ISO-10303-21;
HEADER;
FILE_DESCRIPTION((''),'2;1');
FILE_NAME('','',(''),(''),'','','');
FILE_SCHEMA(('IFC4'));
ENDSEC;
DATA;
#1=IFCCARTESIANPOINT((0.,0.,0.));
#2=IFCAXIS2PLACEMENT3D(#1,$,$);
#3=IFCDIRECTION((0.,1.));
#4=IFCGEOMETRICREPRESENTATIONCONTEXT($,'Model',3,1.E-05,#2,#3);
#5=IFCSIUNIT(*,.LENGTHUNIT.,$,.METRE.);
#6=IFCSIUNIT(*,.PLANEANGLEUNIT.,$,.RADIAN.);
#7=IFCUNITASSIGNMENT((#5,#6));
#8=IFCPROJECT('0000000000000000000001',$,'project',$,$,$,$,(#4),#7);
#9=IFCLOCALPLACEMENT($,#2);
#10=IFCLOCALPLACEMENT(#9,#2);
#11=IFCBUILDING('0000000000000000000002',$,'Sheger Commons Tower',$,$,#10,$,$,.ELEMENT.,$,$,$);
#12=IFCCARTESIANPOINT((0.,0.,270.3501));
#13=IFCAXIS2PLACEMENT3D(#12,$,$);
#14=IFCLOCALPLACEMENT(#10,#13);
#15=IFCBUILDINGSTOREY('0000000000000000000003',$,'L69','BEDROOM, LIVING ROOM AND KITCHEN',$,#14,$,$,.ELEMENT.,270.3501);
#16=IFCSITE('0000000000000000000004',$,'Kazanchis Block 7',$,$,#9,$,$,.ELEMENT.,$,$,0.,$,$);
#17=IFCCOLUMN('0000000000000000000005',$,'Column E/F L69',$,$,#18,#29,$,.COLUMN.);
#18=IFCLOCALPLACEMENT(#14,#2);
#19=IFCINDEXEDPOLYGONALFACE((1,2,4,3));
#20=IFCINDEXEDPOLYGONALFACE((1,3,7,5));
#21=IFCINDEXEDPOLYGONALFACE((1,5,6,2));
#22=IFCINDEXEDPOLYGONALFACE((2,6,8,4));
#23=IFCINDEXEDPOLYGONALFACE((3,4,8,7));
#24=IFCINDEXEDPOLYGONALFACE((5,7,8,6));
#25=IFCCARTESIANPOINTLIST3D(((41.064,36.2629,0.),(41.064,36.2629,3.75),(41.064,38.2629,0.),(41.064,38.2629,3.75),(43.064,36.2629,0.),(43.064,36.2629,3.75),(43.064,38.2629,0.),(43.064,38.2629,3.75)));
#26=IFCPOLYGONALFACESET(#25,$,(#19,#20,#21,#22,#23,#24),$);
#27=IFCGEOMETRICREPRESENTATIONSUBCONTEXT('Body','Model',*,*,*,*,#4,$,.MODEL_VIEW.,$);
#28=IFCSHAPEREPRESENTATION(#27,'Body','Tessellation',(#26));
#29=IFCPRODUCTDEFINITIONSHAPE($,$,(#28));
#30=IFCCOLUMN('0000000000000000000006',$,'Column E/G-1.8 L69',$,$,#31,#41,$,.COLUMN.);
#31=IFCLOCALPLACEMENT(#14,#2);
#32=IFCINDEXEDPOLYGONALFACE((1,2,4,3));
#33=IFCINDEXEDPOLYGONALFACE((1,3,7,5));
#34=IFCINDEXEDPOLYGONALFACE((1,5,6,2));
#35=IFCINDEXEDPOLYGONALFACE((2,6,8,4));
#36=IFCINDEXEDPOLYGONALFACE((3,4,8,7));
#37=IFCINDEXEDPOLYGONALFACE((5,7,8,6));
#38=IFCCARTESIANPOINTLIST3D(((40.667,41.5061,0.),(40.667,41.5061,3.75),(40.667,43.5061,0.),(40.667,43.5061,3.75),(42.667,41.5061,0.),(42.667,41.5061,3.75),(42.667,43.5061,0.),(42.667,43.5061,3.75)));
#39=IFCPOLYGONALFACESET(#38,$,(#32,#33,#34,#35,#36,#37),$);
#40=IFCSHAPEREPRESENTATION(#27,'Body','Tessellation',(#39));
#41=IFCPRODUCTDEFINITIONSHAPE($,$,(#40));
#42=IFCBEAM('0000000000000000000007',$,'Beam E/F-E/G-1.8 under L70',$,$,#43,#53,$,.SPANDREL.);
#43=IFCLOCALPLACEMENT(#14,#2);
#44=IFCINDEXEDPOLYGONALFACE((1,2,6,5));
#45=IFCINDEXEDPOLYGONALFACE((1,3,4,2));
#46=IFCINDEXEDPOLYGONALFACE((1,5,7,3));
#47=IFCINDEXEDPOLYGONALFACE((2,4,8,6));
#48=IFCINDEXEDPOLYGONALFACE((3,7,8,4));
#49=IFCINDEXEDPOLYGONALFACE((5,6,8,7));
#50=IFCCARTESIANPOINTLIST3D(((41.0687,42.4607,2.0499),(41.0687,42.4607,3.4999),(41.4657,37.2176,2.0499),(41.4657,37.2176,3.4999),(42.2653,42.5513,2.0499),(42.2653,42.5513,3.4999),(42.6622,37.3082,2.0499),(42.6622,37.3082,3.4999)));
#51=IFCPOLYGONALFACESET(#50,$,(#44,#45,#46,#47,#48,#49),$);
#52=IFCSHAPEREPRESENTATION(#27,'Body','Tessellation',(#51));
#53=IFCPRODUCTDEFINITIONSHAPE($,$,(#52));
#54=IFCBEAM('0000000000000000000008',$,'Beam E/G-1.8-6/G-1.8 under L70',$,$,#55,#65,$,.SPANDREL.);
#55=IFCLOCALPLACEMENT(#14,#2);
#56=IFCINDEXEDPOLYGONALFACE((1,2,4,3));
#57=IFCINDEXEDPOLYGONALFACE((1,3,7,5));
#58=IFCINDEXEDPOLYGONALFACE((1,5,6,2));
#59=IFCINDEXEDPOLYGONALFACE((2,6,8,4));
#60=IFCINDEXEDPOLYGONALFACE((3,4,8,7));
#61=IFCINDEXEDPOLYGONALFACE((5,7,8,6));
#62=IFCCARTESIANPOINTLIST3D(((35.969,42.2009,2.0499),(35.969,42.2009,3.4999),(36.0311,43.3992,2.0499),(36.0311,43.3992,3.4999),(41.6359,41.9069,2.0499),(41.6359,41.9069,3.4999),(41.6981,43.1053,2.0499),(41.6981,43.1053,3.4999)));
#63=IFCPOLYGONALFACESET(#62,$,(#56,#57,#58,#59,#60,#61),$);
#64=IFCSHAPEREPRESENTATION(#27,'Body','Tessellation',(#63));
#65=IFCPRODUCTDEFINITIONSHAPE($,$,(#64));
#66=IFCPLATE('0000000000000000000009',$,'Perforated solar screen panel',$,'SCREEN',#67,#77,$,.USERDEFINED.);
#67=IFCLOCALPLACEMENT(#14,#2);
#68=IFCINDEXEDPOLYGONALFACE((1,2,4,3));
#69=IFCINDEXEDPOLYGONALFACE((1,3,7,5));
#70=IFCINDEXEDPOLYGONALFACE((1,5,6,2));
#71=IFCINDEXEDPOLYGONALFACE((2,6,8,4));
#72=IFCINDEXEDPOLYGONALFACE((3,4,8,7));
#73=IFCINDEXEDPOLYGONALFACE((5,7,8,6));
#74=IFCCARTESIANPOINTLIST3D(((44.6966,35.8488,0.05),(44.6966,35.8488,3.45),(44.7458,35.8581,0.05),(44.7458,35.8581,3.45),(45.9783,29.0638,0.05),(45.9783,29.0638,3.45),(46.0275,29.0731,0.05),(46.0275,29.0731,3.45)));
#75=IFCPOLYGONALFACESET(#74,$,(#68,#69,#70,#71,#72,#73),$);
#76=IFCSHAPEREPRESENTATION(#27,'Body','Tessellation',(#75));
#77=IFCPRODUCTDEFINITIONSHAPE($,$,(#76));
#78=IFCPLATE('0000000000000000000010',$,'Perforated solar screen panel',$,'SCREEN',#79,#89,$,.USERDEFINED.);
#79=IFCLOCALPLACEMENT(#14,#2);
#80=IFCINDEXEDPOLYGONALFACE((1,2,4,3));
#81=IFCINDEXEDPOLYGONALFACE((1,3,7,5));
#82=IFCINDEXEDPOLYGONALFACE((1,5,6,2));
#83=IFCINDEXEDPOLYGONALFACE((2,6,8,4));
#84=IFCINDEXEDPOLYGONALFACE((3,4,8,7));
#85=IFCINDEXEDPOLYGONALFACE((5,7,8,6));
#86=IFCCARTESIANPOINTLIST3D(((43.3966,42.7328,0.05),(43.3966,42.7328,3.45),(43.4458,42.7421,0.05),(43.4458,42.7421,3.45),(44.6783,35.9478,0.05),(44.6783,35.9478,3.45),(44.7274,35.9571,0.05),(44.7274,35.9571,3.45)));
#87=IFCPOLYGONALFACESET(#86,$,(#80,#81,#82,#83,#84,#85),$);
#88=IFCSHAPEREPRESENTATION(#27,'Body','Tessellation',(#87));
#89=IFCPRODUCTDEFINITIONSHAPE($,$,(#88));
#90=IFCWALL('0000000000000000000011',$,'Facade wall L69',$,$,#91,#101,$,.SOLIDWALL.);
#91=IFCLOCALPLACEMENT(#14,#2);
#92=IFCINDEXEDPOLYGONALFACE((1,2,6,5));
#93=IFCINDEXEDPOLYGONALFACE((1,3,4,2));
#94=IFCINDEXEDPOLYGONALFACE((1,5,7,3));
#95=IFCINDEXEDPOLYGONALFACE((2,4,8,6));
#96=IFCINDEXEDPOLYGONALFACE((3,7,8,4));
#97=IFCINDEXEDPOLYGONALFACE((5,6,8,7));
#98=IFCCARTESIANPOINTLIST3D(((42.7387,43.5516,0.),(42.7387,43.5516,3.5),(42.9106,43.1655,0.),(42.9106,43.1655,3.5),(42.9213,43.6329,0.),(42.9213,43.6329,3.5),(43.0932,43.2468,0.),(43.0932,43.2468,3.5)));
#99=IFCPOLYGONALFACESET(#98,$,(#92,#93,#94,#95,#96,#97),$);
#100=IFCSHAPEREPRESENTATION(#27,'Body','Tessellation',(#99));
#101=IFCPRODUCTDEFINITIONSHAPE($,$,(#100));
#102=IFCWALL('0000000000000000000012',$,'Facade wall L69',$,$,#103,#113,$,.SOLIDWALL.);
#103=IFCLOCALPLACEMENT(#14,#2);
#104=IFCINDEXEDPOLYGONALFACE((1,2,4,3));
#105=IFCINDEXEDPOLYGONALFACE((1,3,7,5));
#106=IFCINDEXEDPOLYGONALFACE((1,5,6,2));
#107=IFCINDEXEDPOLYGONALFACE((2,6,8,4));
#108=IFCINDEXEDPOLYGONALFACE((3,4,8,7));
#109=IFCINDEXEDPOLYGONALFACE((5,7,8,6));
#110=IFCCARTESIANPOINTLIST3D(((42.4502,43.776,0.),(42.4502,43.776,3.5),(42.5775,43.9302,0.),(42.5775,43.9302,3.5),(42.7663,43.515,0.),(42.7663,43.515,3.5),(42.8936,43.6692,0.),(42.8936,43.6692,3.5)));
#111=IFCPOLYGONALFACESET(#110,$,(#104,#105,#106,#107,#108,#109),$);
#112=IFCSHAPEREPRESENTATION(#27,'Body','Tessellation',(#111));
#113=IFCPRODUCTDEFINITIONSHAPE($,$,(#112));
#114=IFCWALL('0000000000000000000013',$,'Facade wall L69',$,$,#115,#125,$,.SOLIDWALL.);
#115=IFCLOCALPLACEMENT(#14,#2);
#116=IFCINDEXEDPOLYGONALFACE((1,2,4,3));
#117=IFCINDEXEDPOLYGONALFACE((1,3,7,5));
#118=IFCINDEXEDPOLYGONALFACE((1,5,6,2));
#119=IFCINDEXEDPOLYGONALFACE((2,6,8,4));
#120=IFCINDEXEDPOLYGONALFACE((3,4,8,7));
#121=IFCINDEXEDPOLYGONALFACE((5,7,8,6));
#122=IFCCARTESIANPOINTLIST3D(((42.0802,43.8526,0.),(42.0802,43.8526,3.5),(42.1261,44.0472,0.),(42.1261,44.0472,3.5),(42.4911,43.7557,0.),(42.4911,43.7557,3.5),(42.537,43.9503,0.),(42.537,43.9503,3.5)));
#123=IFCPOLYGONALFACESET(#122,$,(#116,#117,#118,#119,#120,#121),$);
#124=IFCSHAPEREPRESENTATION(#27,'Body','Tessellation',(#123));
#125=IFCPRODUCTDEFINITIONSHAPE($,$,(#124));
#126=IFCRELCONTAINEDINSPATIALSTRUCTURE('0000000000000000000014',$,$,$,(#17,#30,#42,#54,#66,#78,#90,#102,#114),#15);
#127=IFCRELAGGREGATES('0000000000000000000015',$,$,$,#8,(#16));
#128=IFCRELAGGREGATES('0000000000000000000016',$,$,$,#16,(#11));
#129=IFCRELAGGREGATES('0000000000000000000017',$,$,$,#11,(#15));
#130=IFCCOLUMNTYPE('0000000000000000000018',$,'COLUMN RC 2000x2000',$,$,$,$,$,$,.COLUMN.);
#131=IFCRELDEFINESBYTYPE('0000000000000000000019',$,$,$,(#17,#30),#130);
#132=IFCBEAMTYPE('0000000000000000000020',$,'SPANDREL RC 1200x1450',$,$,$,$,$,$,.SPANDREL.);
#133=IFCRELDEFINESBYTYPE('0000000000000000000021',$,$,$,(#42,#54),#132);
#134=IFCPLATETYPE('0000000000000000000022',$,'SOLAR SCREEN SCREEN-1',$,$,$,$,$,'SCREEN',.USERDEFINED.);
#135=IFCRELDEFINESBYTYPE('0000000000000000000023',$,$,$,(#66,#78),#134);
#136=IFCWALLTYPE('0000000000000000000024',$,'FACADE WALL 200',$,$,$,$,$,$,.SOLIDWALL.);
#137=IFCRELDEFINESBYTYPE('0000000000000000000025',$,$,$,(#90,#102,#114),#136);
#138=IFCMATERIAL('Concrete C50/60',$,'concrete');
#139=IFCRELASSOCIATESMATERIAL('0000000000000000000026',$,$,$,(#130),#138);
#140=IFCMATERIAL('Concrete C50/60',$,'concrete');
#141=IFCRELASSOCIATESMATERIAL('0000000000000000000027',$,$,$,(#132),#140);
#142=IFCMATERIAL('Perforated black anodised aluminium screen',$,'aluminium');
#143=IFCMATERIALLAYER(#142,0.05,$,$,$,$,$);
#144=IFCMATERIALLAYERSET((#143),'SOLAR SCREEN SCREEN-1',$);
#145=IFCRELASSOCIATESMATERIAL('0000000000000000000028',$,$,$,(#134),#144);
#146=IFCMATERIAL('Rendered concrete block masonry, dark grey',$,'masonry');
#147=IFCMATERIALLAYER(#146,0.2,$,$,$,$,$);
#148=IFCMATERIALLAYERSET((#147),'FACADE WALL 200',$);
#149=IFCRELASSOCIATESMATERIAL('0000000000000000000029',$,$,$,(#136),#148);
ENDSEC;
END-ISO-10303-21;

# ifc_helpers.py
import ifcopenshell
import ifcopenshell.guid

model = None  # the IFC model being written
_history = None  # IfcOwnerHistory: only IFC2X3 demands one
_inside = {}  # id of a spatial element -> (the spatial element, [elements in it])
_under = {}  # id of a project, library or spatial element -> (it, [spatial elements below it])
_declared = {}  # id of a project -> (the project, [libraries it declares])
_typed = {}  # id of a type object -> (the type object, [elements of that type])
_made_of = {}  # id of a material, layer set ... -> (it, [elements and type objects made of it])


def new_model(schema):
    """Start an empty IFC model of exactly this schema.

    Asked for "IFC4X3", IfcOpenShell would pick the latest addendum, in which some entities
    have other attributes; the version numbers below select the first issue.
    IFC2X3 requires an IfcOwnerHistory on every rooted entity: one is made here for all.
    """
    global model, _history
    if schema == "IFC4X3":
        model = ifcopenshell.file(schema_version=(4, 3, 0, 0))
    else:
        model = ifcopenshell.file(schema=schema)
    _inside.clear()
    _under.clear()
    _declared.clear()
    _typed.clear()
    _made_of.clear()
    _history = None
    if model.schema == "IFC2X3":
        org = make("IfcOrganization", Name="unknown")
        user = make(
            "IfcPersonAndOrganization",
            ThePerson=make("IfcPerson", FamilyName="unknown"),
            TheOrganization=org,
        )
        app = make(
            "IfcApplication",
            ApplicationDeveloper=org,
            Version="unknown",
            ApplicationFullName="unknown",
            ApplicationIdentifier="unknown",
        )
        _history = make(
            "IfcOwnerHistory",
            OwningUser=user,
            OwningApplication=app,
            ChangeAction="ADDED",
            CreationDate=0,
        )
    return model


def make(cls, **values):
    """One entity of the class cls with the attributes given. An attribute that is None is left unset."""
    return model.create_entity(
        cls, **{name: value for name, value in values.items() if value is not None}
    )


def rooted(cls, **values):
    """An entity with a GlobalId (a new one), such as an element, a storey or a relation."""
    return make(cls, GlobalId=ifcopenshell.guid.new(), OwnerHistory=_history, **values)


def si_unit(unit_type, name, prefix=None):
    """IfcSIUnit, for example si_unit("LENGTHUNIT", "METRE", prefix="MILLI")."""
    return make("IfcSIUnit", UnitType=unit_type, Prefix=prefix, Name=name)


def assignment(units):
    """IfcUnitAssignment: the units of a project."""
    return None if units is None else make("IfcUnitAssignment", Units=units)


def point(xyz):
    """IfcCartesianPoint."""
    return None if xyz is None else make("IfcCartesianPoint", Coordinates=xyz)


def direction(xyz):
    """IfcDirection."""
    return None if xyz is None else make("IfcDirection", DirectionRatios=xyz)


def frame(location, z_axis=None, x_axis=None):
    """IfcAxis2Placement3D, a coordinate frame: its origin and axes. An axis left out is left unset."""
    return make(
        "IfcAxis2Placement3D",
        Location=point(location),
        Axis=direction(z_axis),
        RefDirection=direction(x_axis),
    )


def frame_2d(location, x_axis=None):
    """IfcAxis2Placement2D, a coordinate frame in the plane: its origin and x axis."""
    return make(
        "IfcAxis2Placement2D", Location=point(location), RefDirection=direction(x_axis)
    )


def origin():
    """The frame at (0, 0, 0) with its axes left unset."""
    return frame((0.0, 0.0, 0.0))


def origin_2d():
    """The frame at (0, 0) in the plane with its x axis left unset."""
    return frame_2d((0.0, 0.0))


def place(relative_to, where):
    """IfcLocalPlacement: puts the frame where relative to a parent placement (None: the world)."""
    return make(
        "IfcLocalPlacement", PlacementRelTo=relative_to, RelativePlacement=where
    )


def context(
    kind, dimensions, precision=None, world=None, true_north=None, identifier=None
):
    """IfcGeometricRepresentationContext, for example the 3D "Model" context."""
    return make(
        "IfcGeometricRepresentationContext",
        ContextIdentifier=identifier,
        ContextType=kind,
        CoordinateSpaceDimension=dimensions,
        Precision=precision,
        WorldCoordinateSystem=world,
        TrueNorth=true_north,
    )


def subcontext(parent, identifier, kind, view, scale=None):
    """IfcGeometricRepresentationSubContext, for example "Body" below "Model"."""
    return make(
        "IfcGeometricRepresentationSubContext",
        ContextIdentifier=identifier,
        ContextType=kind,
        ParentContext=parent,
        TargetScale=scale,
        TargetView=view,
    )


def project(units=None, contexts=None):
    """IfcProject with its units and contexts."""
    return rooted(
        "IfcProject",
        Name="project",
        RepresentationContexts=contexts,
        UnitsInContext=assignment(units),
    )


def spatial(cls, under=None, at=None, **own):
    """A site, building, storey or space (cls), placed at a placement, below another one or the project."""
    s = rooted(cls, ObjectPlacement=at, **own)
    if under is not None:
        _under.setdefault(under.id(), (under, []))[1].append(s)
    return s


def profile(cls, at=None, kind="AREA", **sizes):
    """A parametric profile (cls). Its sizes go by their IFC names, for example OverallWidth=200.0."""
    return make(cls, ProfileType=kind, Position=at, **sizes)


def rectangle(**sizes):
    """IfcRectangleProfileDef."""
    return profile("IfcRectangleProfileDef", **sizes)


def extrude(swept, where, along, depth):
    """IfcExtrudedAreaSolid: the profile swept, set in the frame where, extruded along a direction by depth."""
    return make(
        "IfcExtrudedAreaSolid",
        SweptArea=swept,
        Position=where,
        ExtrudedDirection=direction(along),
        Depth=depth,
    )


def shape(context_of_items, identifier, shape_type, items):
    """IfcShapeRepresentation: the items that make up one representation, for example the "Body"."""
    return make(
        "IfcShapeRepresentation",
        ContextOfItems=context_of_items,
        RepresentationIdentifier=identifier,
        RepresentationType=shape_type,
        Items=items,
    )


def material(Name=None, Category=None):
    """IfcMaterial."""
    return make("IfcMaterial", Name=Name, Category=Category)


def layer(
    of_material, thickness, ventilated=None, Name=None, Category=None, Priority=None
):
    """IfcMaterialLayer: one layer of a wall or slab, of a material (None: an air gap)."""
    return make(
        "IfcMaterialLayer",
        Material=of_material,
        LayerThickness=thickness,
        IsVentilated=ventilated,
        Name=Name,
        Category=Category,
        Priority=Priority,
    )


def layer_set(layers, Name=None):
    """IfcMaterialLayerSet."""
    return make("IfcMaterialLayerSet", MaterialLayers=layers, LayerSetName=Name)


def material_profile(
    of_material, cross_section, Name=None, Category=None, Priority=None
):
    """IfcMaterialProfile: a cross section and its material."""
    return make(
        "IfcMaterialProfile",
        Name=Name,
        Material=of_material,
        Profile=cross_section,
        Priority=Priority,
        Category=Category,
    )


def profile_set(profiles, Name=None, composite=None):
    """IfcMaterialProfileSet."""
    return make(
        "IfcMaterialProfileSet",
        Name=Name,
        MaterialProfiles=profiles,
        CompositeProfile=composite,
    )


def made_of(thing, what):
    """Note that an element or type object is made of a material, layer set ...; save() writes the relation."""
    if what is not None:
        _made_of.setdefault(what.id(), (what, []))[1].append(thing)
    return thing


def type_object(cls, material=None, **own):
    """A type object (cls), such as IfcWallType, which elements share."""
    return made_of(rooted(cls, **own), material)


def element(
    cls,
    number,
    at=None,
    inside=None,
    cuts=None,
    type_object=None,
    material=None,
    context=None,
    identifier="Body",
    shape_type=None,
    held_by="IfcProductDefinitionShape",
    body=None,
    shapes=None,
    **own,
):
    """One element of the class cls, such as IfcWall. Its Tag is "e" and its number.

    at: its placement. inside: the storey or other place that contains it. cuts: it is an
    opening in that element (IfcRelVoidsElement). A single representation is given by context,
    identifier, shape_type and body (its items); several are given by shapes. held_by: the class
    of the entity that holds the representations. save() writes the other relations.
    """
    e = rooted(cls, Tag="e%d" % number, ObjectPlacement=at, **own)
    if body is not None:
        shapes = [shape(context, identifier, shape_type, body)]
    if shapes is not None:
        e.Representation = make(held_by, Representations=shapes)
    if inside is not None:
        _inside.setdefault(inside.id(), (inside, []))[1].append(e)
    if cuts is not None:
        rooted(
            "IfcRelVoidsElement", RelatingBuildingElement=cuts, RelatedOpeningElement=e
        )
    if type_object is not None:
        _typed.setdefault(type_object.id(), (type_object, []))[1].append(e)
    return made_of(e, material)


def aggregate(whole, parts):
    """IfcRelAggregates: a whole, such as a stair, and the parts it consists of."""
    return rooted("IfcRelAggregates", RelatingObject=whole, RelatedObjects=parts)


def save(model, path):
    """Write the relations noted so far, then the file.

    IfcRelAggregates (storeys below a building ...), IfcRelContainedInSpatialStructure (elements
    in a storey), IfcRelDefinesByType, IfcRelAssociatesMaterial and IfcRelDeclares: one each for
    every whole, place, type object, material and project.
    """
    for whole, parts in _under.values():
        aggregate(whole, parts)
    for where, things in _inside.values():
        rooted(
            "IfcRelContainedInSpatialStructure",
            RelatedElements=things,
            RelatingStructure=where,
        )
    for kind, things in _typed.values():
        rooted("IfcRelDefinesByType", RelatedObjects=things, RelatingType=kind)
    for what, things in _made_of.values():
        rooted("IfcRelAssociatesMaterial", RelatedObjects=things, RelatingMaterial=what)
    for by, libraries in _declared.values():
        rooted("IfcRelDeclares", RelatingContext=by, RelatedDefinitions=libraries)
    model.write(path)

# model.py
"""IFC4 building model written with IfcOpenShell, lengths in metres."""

from ifc_helpers import new_model, si_unit, direction, frame, frame_2d, origin, origin_2d, place, context, subcontext, project, spatial, rectangle, extrude, material, layer, layer_set, material_profile, profile_set, type_object, element, save


model = new_model("IFC4")

# Units and contexts
model_context = context("Model", 3, precision=1e-05, world=origin(), true_north=direction((0.0, 1.0)))
body_context = subcontext(model_context, "Body", "Model", "MODEL_VIEW")
ifc_project = project(units=[si_unit("LENGTHUNIT", "METRE"), si_unit("PLANEANGLEUNIT", "RADIAN")], contexts=[model_context])

# Site, building, storey
site_placement = place(None, origin())
site = spatial("IfcSite", under=ifc_project, at=site_placement, Name="Kazanchis Block 7", CompositionType="ELEMENT", RefElevation=0.0)
building_placement = place(site_placement, origin())
building = spatial("IfcBuilding", under=site, at=building_placement, Name="Sheger Commons Tower", CompositionType="ELEMENT")
storey_placement = place(building_placement, frame((0.0, 0.0, 270.3501)))
storey = spatial("IfcBuildingStorey", under=building, at=storey_placement, Name="L69", Description="BEDROOM, LIVING ROOM AND KITCHEN", CompositionType="ELEMENT", Elevation=270.3501)

# Columns
ifc_material_1 = material(Name="Concrete C50/60", Category="concrete")
ifc_material_profile_1 = material_profile(ifc_material_1, rectangle(XDim=2.0, YDim=2.0, at=origin_2d()), Name="RC 2000x2000")
ifc_profile_set_1 = profile_set([ifc_material_profile_1], Name="Concrete C50/60")
column_type = type_object("IfcColumnType", Name="COLUMN RC 2000x2000", PredefinedType="COLUMN", material=ifc_profile_set_1)
for number, where, z_axis, x_axis, name in (
    (1, (42.064, 37.2629, 0.0), (0.0, 0.0, 1.0), (1.0, 0.0, 0.0), "Column E/F L69"),
    (2, (41.667, 42.5061, 0.0), (0.0, 0.0, 1.0), (1.0, 0.0, 0.0), "Column E/G-1.8 L69"),
):
    element("IfcColumn", number, at=place(storey_placement, frame(where, z_axis=z_axis, x_axis=x_axis)), inside=storey, type_object=column_type, Name=name, PredefinedType="COLUMN", context=body_context, shape_type="SweptSolid", body=[
        extrude(rectangle(XDim=2.0, YDim=2.0, at=origin_2d()), origin(), (0.0, 0.0, 1.0), 3.75),
    ])

# Beams
ifc_material_2 = material(Name="Concrete C50/60", Category="concrete")
ifc_material_profile_2 = material_profile(ifc_material_2, rectangle(XDim=1.2, YDim=1.45, at=origin_2d()), Name="RC 1200x1450")
ifc_profile_set_2 = profile_set([ifc_material_profile_2], Name="Concrete C50/60")
beam_type = type_object("IfcBeamType", Name="SPANDREL RC 1200x1450", PredefinedType="SPANDREL", material=ifc_profile_set_2)
beam_1_placement = place(storey_placement, frame((42.064, 37.2629, 2.7749), z_axis=(-0.075496, 0.997146, 0.0), x_axis=(-0.997146, -0.075496, 0.0)))
element("IfcBeam", 3, at=beam_1_placement, inside=storey, type_object=beam_type, Name="Beam E/F-E/G-1.8 under L70", PredefinedType="SPANDREL", context=body_context, shape_type="SweptSolid", body=[
    extrude(rectangle(XDim=1.2, YDim=1.45, at=origin_2d()), origin(), (0.0, 0.0, 1.0), 5.2581),
])
beam_2_placement = place(storey_placement, frame((41.667, 42.5061, 2.7749), z_axis=(-0.998657, 0.0518, 0.0), x_axis=(-0.0518, -0.998657, 0.0)))
element("IfcBeam", 4, at=beam_2_placement, inside=storey, type_object=beam_type, Name="Beam E/G-1.8-6/G-1.8 under L70", PredefinedType="SPANDREL", context=body_context, shape_type="SweptSolid", body=[
    extrude(rectangle(XDim=1.2, YDim=1.45, at=origin_2d()), origin(), (0.0, 0.0, 1.0), 5.6746),
])

# Plates
ifc_material_3 = material(Name="Perforated black anodised aluminium screen", Category="aluminium")
ifc_layer_1 = layer(ifc_material_3, 0.05)
ifc_layer_set_1 = layer_set([ifc_layer_1], Name="SOLAR SCREEN SCREEN-1")
plate_type = type_object("IfcPlateType", Name="SOLAR SCREEN SCREEN-1", ElementType="SCREEN", PredefinedType="USERDEFINED", material=ifc_layer_set_1)
for number, where, z_axis, x_axis, name in (
    (5, (45.3621, 32.4609, 0.05), (0.0, 0.0, 1.0), (-0.185615, 0.982623, 0.0), "Perforated solar screen panel"),
    (6, (44.062, 39.345, 0.05), (0.0, 0.0, 1.0), (-0.185615, 0.982623, 0.0), "Perforated solar screen panel"),
):
    element("IfcPlate", number, at=place(storey_placement, frame(where, z_axis=z_axis, x_axis=x_axis)), inside=storey, type_object=plate_type, Name=name, ObjectType="SCREEN", PredefinedType="USERDEFINED", context=body_context, shape_type="SweptSolid", body=[
        extrude(rectangle(XDim=6.905, YDim=0.05, at=origin_2d()), origin(), (0.0, 0.0, 1.0), 3.3999),
    ])

# Walls
ifc_material_4 = material(Name="Rendered concrete block masonry, dark grey", Category="masonry")
ifc_layer_2 = layer(ifc_material_4, 0.2)
ifc_layer_set_2 = layer_set([ifc_layer_2], Name="FACADE WALL 200")
wall_type_1 = type_object("IfcWallType", Name="FACADE WALL 200", PredefinedType="SOLIDWALL", material=ifc_layer_set_2)
wall_1_placement = place(storey_placement, frame((43.002, 43.2061, 0.0), z_axis=(0.0, 0.0, 1.0), x_axis=(-0.406782, 0.913525, 0.0)))
element("IfcWall", 7, at=wall_1_placement, inside=storey, type_object=wall_type_1, Name="Facade wall L69", PredefinedType="SOLIDWALL", context=body_context, shape_type="SweptSolid", body=[
    extrude(rectangle(XDim=0.4226, YDim=0.2, at=frame_2d((0.2114, 0.0))), origin(), (0.0, 0.0, 1.0), 3.5),
])
wall_2_placement = place(storey_placement, frame((42.8301, 43.592, 0.0), z_axis=(0.0, 0.0, 1.0), x_axis=(-0.771191, 0.636604, 0.0)))
element("IfcWall", 8, at=wall_2_placement, inside=storey, type_object=wall_type_1, Name="Facade wall L69", PredefinedType="SOLIDWALL", context=body_context, shape_type="SweptSolid", body=[
    extrude(rectangle(XDim=0.4099, YDim=0.2, at=frame_2d((0.2051, 0.0))), origin(), (0.0, 0.0, 1.0), 3.5),
])
wall_3_placement = place(storey_placement, frame((42.5139, 43.853, 0.0), z_axis=(0.0, 0.0, 1.0), x_axis=(-0.973288, 0.229587, 0.0)))
element("IfcWall", 9, at=wall_3_placement, inside=storey, type_object=wall_type_1, Name="Facade wall L69", PredefinedType="SOLIDWALL", context=body_context, shape_type="SweptSolid", body=[
    extrude(rectangle(XDim=0.4221, YDim=0.2, at=frame_2d((0.2109, 0.0))), origin(), (0.0, 0.0, 1.0), 3.5),
])

save(model, "model.ifc")
